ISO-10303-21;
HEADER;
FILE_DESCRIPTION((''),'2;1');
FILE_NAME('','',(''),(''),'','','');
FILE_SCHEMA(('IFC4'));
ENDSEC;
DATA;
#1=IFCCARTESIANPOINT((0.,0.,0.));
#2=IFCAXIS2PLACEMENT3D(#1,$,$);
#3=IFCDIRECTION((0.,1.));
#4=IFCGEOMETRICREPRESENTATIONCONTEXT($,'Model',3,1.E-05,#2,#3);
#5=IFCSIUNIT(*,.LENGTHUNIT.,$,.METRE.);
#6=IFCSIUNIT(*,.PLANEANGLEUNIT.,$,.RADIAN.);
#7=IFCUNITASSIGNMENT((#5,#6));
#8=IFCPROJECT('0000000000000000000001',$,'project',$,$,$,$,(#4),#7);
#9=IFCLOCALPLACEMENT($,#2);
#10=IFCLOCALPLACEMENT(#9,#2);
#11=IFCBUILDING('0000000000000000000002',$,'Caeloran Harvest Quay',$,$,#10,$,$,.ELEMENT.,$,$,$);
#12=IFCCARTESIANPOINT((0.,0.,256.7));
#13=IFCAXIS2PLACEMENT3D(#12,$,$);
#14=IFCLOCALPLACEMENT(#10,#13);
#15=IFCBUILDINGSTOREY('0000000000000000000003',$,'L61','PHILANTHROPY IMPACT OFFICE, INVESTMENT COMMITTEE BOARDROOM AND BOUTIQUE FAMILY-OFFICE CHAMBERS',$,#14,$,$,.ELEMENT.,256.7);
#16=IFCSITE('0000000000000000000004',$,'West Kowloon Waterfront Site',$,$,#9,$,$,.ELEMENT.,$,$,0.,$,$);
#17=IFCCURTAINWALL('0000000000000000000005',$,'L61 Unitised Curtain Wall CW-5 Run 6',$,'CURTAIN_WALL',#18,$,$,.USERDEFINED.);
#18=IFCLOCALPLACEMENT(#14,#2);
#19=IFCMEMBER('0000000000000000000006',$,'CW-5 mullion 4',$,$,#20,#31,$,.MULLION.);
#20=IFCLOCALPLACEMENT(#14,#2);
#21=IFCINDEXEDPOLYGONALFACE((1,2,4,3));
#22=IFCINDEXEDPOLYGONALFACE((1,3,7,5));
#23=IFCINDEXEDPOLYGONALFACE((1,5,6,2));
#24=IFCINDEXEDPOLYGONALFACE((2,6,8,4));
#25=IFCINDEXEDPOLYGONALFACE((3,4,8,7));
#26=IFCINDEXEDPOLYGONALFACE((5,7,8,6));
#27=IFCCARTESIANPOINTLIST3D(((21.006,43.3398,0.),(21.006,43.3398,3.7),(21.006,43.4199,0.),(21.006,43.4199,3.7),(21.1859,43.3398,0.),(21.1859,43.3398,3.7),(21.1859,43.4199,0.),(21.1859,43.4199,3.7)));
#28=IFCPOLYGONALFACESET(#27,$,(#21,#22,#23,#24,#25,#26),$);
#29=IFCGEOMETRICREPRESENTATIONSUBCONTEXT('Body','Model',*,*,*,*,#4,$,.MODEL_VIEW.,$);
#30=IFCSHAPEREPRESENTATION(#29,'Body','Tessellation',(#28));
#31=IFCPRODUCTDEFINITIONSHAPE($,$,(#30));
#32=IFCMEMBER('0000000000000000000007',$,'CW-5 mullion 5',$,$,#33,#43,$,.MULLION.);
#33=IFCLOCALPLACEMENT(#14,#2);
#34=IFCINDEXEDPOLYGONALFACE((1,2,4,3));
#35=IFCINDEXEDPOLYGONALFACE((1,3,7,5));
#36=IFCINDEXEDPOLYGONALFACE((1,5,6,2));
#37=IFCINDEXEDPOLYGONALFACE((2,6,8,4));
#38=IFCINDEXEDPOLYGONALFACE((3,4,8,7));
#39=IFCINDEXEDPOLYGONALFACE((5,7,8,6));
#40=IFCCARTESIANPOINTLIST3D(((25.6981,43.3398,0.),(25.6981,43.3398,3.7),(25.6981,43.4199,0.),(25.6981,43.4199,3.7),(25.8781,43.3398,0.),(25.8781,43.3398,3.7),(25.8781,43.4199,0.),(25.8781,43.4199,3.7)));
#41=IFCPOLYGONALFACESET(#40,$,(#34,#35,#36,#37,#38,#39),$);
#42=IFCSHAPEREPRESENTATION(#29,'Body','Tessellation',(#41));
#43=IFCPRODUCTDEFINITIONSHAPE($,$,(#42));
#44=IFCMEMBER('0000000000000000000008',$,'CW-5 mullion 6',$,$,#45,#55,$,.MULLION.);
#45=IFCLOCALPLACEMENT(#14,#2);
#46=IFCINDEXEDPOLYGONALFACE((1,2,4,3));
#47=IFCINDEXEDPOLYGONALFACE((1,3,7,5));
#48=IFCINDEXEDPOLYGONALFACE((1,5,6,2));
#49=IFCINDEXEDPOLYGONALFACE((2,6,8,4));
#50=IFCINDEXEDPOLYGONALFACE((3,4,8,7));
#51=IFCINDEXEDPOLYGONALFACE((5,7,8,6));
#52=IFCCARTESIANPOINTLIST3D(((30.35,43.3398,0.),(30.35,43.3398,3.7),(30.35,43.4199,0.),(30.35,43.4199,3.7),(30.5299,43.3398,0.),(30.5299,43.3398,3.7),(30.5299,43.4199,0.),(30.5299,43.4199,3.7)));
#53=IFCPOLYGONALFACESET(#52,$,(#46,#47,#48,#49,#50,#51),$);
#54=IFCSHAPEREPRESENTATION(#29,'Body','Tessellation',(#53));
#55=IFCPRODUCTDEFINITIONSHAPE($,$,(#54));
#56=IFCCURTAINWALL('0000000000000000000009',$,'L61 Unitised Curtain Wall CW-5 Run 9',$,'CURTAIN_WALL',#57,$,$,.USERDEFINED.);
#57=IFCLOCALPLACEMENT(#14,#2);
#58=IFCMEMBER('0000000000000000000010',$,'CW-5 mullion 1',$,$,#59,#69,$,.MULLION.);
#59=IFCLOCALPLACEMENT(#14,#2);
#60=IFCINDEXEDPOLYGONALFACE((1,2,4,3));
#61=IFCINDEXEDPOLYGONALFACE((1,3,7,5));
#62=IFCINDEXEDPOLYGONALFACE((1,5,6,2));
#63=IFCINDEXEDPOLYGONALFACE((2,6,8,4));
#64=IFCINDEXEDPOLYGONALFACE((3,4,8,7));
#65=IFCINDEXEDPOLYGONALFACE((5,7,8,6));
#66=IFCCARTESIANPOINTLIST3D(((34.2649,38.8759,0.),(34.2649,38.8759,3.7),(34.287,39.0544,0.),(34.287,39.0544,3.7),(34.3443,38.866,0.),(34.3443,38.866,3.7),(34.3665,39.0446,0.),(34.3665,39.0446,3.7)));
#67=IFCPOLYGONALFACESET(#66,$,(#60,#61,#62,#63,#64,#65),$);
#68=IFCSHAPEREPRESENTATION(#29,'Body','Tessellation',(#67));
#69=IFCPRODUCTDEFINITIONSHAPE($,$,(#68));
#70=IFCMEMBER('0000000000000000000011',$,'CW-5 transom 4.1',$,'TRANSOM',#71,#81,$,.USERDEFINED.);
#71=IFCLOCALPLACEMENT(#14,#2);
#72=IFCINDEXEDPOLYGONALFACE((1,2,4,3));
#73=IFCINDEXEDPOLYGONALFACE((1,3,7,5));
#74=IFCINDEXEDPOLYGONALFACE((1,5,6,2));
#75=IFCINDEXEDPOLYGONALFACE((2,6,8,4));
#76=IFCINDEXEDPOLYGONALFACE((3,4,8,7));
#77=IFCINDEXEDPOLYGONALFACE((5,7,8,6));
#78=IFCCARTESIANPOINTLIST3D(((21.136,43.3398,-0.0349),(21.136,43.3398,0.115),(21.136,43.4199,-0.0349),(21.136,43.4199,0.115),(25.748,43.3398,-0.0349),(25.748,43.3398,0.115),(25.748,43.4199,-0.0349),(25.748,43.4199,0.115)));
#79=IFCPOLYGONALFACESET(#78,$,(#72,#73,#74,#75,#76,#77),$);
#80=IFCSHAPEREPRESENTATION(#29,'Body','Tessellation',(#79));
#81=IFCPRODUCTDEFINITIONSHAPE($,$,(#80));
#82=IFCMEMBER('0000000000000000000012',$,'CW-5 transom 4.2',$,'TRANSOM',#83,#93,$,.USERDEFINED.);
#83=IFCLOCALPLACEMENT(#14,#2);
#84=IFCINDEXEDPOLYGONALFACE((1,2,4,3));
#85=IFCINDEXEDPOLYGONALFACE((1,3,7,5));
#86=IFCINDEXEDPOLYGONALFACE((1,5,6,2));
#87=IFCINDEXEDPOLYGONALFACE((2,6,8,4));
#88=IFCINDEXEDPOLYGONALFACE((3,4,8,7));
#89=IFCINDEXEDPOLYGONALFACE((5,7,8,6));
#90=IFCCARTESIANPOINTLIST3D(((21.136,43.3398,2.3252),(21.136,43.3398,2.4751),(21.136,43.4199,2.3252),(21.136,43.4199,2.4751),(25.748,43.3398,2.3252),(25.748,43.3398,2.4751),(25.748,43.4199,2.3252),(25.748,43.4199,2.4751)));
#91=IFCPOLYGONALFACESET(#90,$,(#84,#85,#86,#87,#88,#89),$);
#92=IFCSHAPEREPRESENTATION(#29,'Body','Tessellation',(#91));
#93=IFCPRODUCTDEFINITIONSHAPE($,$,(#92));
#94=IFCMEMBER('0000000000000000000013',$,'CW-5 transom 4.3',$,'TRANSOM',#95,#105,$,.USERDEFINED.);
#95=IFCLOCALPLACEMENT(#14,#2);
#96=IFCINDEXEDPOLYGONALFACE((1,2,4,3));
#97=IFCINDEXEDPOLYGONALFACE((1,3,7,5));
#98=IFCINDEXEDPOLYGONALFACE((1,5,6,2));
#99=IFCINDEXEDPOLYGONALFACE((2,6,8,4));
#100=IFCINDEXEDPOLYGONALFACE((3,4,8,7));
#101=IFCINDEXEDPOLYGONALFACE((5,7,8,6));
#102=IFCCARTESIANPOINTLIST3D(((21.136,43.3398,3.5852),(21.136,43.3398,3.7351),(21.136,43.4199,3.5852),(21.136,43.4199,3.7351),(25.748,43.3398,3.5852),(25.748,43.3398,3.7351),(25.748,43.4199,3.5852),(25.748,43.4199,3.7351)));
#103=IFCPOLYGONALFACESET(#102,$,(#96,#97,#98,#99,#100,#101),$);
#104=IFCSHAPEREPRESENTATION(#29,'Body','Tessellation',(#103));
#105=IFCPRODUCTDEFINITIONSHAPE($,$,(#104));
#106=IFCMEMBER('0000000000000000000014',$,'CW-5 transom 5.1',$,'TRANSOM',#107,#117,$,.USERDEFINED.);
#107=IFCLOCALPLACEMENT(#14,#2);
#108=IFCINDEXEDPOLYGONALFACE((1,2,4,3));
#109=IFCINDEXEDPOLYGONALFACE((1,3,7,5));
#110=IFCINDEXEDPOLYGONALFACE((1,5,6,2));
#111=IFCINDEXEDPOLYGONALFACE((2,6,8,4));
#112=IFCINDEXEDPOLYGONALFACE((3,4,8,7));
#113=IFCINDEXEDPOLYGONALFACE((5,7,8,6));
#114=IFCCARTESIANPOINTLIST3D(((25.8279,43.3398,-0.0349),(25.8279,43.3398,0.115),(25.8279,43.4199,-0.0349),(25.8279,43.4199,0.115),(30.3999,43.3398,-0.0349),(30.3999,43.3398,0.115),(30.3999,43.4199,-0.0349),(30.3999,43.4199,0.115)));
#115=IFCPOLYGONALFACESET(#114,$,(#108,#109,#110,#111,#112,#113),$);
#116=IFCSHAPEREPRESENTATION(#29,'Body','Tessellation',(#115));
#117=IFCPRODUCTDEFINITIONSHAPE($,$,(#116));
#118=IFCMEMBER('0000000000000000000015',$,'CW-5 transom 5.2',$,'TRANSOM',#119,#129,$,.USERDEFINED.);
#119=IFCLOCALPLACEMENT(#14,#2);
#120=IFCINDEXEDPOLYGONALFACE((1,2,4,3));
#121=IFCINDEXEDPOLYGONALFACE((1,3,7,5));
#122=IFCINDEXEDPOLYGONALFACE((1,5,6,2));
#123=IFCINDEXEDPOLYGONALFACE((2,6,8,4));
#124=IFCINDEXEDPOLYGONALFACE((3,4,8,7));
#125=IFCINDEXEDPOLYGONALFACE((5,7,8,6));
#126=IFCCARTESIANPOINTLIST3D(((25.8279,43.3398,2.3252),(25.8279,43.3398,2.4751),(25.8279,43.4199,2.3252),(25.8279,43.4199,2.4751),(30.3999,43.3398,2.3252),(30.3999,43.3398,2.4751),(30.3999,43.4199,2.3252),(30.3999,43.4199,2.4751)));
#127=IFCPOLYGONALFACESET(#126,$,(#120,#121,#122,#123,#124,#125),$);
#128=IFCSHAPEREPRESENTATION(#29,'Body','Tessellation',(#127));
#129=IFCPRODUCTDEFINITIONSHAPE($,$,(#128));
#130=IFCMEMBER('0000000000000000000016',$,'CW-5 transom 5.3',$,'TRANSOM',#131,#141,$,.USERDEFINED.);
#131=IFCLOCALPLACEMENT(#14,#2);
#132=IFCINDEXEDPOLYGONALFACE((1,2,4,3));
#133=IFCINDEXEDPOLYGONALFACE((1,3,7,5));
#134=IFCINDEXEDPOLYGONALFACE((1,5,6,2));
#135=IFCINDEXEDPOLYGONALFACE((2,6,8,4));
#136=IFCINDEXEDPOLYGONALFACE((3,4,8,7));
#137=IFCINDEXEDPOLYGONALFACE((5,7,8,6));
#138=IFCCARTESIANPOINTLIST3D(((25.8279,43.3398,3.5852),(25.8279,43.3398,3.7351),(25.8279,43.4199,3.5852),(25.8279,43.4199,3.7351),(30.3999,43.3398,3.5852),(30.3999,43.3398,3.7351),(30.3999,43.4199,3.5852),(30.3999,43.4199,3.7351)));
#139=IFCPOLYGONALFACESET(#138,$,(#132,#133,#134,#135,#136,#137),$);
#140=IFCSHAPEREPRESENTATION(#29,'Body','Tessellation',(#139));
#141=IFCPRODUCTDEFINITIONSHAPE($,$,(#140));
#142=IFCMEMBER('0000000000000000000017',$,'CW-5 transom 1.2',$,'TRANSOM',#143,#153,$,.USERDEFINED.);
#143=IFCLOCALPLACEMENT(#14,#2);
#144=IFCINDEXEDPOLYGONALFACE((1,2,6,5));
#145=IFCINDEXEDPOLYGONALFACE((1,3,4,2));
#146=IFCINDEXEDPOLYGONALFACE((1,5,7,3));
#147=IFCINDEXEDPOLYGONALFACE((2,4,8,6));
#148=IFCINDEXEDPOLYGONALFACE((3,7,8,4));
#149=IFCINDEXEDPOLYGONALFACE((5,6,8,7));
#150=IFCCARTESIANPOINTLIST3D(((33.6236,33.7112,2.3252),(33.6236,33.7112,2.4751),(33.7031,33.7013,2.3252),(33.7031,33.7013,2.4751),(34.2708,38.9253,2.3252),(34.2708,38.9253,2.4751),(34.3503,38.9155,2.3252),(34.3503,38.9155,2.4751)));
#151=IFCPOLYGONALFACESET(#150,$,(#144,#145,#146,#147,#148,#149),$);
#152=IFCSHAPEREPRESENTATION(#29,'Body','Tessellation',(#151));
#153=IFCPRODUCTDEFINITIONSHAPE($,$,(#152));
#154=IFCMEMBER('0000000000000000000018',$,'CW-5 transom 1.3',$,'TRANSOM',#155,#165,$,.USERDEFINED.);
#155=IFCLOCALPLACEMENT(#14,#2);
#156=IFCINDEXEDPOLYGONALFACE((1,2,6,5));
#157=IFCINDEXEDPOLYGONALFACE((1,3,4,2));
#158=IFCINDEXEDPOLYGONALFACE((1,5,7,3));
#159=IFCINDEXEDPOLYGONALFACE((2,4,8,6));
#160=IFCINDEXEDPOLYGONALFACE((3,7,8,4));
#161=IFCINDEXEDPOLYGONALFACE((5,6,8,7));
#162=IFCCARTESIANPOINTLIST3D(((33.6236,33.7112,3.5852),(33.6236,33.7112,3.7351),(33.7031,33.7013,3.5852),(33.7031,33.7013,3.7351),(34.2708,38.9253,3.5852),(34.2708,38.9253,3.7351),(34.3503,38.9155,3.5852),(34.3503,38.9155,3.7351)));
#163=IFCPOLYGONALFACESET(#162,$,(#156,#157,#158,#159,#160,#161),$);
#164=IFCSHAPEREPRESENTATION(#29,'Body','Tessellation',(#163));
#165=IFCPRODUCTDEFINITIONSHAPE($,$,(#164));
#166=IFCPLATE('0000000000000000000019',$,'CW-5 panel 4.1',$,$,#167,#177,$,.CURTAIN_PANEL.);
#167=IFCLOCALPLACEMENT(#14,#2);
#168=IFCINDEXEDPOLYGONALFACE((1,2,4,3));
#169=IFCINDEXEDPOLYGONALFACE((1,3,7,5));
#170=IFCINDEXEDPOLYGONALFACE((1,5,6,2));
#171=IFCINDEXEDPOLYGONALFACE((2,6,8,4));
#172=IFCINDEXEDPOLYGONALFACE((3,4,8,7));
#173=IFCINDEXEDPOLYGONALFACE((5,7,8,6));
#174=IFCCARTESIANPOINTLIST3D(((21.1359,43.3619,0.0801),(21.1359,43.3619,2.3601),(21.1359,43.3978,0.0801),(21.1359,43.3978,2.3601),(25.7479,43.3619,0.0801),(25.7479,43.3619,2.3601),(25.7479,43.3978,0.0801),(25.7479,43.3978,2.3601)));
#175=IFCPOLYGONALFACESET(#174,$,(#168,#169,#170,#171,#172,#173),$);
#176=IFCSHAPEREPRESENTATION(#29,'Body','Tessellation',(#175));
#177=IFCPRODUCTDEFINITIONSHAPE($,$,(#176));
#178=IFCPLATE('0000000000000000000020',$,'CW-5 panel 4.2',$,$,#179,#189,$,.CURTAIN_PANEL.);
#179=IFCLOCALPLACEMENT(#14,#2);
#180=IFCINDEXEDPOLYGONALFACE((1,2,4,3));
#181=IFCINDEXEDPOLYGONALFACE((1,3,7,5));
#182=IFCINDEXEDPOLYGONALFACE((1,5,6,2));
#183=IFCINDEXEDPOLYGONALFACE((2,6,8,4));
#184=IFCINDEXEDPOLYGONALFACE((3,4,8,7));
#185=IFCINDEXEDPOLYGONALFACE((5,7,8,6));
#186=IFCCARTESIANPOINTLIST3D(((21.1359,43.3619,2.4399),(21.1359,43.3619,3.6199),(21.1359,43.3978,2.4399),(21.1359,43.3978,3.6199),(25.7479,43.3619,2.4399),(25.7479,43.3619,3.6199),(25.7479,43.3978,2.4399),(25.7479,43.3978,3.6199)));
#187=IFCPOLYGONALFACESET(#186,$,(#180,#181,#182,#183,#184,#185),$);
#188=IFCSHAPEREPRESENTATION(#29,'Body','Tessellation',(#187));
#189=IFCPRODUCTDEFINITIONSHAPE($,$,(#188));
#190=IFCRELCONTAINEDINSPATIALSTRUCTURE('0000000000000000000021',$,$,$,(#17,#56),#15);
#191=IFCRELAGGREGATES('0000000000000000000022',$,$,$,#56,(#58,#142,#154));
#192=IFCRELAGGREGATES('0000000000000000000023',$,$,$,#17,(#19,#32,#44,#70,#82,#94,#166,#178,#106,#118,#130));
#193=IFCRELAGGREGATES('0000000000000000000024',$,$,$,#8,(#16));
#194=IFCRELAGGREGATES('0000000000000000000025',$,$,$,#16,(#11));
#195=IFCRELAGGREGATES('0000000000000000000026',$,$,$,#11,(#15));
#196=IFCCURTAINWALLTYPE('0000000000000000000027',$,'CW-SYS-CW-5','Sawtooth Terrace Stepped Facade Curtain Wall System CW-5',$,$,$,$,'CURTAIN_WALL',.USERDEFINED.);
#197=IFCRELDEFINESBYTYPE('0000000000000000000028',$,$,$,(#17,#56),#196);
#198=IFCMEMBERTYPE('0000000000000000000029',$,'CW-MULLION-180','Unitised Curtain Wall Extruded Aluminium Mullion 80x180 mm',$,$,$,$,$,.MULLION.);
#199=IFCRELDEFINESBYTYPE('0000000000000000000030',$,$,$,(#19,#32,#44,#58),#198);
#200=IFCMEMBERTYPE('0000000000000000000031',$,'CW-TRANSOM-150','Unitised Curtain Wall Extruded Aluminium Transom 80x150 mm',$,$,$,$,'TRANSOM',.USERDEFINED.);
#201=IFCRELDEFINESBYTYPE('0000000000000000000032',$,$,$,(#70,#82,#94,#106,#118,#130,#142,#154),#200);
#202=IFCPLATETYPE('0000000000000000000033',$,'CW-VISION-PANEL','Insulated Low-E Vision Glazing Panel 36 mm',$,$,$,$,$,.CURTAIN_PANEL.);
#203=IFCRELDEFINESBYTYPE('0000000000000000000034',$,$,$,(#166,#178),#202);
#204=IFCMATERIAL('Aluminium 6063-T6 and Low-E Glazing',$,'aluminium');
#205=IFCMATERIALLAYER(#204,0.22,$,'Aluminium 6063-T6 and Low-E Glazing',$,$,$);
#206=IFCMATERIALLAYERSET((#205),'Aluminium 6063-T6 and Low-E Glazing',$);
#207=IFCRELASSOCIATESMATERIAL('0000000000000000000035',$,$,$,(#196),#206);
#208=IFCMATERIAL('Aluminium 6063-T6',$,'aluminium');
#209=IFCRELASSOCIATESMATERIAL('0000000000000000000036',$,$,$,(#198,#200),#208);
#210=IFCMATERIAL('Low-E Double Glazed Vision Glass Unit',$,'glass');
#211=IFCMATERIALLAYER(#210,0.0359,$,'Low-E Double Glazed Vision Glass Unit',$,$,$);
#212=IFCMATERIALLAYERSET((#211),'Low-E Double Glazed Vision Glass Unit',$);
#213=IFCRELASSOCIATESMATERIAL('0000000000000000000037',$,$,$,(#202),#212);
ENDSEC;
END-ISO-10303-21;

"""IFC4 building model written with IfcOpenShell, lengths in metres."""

from ifc_helpers import new_model, si_unit, direction, frame, origin, origin_2d, place, context, subcontext, project, spatial, rectangle, extrude, material, layer, layer_set, material_profile, profile_set, type_object, element, aggregate, save


model = new_model("IFC4")

# Units and contexts
model_context = context("Model", 3, precision=1e-05, world=origin(), true_north=direction((0.0, 1.0)))
body_context = subcontext(model_context, "Body", "Model", "MODEL_VIEW")
ifc_project = project(units=[si_unit("LENGTHUNIT", "METRE"), si_unit("PLANEANGLEUNIT", "RADIAN")], contexts=[model_context])

# Site, building, storey
site_placement = place(None, origin())
site = spatial("IfcSite", under=ifc_project, at=site_placement, Name="West Kowloon Waterfront Site", CompositionType="ELEMENT", RefElevation=0.0)
building_placement = place(site_placement, origin())
building = spatial("IfcBuilding", under=site, at=building_placement, Name="Caeloran Harvest Quay", CompositionType="ELEMENT")
storey_placement = place(building_placement, frame((0.0, 0.0, 256.7)))
storey = spatial("IfcBuildingStorey", under=building, at=storey_placement, Name="L61", Description="PHILANTHROPY IMPACT OFFICE, INVESTMENT COMMITTEE BOARDROOM AND BOUTIQUE FAMILY-OFFICE CHAMBERS", CompositionType="ELEMENT", Elevation=256.7)

# Curtain wall, members
ifc_material_1 = material(Name="Aluminium 6063-T6 and Low-E Glazing", Category="aluminium")
ifc_layer_1 = layer(ifc_material_1, 0.22, Name="Aluminium 6063-T6 and Low-E Glazing")
ifc_layer_set_1 = layer_set([ifc_layer_1], Name="Aluminium 6063-T6 and Low-E Glazing")
curtain_wall_type = type_object("IfcCurtainWallType", Name="CW-SYS-CW-5", Description="Sawtooth Terrace Stepped Facade Curtain Wall System CW-5", ElementType="CURTAIN_WALL", PredefinedType="USERDEFINED", material=ifc_layer_set_1)
curtain_wall_1_placement = place(storey_placement, origin())
curtain_wall_1 = element("IfcCurtainWall", 1, at=curtain_wall_1_placement, inside=storey, type_object=curtain_wall_type, Name="L61 Unitised Curtain Wall CW-5 Run 6", ObjectType="CURTAIN_WALL", PredefinedType="USERDEFINED")
ifc_material_2 = material(Name="Aluminium 6063-T6", Category="aluminium")
ifc_material_profile_1 = material_profile(ifc_material_2, rectangle(XDim=0.0801, YDim=0.1799, at=origin_2d()), Name="CW-MULLION-180")
ifc_profile_set_1 = profile_set([ifc_material_profile_1], Name="Aluminium 6063-T6")
member_type_1 = type_object("IfcMemberType", Name="CW-MULLION-180", Description="Unitised Curtain Wall Extruded Aluminium Mullion 80x180 mm", PredefinedType="MULLION", material=ifc_profile_set_1)
member_1_placement = place(storey_placement, frame((21.0959, 43.3799, 0.0), z_axis=(0.0, 0.0, 1.0), x_axis=(0.0, 1.0, 0.0)))
member_1 = element("IfcMember", 2, at=member_1_placement, type_object=member_type_1, Name="CW-5 mullion 4", PredefinedType="MULLION", context=body_context, shape_type="SweptSolid", body=[
    extrude(rectangle(XDim=0.0801, YDim=0.1799, at=origin_2d()), origin(), (0.0, 0.0, 1.0), 3.7),
])
member_2_placement = place(storey_placement, frame((25.7881, 43.3799, 0.0), z_axis=(0.0, 0.0, 1.0), x_axis=(0.0, 1.0, 0.0)))
member_2 = element("IfcMember", 3, at=member_2_placement, type_object=member_type_1, Name="CW-5 mullion 5", PredefinedType="MULLION", context=body_context, shape_type="SweptSolid", body=[
    extrude(rectangle(XDim=0.0801, YDim=0.1799, at=origin_2d()), origin(), (0.0, 0.0, 1.0), 3.7),
])
member_3_placement = place(storey_placement, frame((30.4399, 43.3799, 0.0), z_axis=(0.0, 0.0, 1.0), x_axis=(0.0, 1.0, 0.0)))
member_3 = element("IfcMember", 4, at=member_3_placement, type_object=member_type_1, Name="CW-5 mullion 6", PredefinedType="MULLION", context=body_context, shape_type="SweptSolid", body=[
    extrude(rectangle(XDim=0.0801, YDim=0.1799, at=origin_2d()), origin(), (0.0, 0.0, 1.0), 3.7),
])

# Curtain wall, member
curtain_wall_2_placement = place(storey_placement, origin())
curtain_wall_2 = element("IfcCurtainWall", 5, at=curtain_wall_2_placement, inside=storey, type_object=curtain_wall_type, Name="L61 Unitised Curtain Wall CW-5 Run 9", ObjectType="CURTAIN_WALL", PredefinedType="USERDEFINED")
member_4_placement = place(storey_placement, frame((34.3157, 38.9602, 0.0), z_axis=(0.0, 0.0, 1.0), x_axis=(0.992383, -0.12319, 0.0)))
member_4 = element("IfcMember", 6, at=member_4_placement, type_object=member_type_1, Name="CW-5 mullion 1", PredefinedType="MULLION", context=body_context, shape_type="SweptSolid", body=[
    extrude(rectangle(XDim=0.0801, YDim=0.1799, at=origin_2d()), origin(), (0.0, 0.0, 1.0), 3.7),
])

# Members
ifc_material_profile_2 = material_profile(ifc_material_2, rectangle(XDim=0.0801, YDim=0.1499, at=origin_2d()), Name="CW-TRANSOM-150")
ifc_profile_set_2 = profile_set([ifc_material_profile_2], Name="Aluminium 6063-T6")
member_type_2 = type_object("IfcMemberType", Name="CW-TRANSOM-150", Description="Unitised Curtain Wall Extruded Aluminium Transom 80x150 mm", ElementType="TRANSOM", PredefinedType="USERDEFINED", material=ifc_profile_set_2)
member_5_placement = place(storey_placement, frame((21.136, 43.3799, 0.04), z_axis=(1.0, 0.0, 0.0), x_axis=(0.0, 1.0, 0.0)))
member_5 = element("IfcMember", 7, at=member_5_placement, type_object=member_type_2, Name="CW-5 transom 4.1", ObjectType="TRANSOM", PredefinedType="USERDEFINED", context=body_context, shape_type="SweptSolid", body=[
    extrude(rectangle(XDim=0.0801, YDim=0.1499, at=origin_2d()), origin(), (0.0, 0.0, 1.0), 4.6121),
])
member_6_placement = place(storey_placement, frame((21.136, 43.3799, 2.4001), z_axis=(1.0, 0.0, 0.0), x_axis=(0.0, 1.0, 0.0)))
member_6 = element("IfcMember", 8, at=member_6_placement, type_object=member_type_2, Name="CW-5 transom 4.2", ObjectType="TRANSOM", PredefinedType="USERDEFINED", context=body_context, shape_type="SweptSolid", body=[
    extrude(rectangle(XDim=0.0801, YDim=0.1499, at=origin_2d()), origin(), (0.0, 0.0, 1.0), 4.6121),
])
member_7_placement = place(storey_placement, frame((21.136, 43.3799, 3.6602), z_axis=(1.0, 0.0, 0.0), x_axis=(0.0, 1.0, 0.0)))
member_7 = element("IfcMember", 9, at=member_7_placement, type_object=member_type_2, Name="CW-5 transom 4.3", ObjectType="TRANSOM", PredefinedType="USERDEFINED", context=body_context, shape_type="SweptSolid", body=[
    extrude(rectangle(XDim=0.0801, YDim=0.1499, at=origin_2d()), origin(), (0.0, 0.0, 1.0), 4.6121),
])
member_8_placement = place(storey_placement, frame((25.8279, 43.3799, 0.04), z_axis=(1.0, 0.0, 0.0), x_axis=(0.0, 1.0, 0.0)))
member_8 = element("IfcMember", 10, at=member_8_placement, type_object=member_type_2, Name="CW-5 transom 5.1", ObjectType="TRANSOM", PredefinedType="USERDEFINED", context=body_context, shape_type="SweptSolid", body=[
    extrude(rectangle(XDim=0.0801, YDim=0.1499, at=origin_2d()), origin(), (0.0, 0.0, 1.0), 4.572),
])
member_9_placement = place(storey_placement, frame((25.8279, 43.3799, 2.4001), z_axis=(1.0, 0.0, 0.0), x_axis=(0.0, 1.0, 0.0)))
member_9 = element("IfcMember", 11, at=member_9_placement, type_object=member_type_2, Name="CW-5 transom 5.2", ObjectType="TRANSOM", PredefinedType="USERDEFINED", context=body_context, shape_type="SweptSolid", body=[
    extrude(rectangle(XDim=0.0801, YDim=0.1499, at=origin_2d()), origin(), (0.0, 0.0, 1.0), 4.572),
])
member_10_placement = place(storey_placement, frame((25.8279, 43.3799, 3.6602), z_axis=(1.0, 0.0, 0.0), x_axis=(0.0, 1.0, 0.0)))
member_10 = element("IfcMember", 12, at=member_10_placement, type_object=member_type_2, Name="CW-5 transom 5.3", ObjectType="TRANSOM", PredefinedType="USERDEFINED", context=body_context, shape_type="SweptSolid", body=[
    extrude(rectangle(XDim=0.0801, YDim=0.1499, at=origin_2d()), origin(), (0.0, 0.0, 1.0), 4.572),
])
member_11_placement = place(storey_placement, frame((34.3105, 38.9204, 2.4001), z_axis=(-0.123183, -0.992384, 0.0), x_axis=(0.992384, -0.123183, 0.0)))
member_11 = element("IfcMember", 13, at=member_11_placement, type_object=member_type_2, Name="CW-5 transom 1.2", ObjectType="TRANSOM", PredefinedType="USERDEFINED", context=body_context, shape_type="SweptSolid", body=[
    extrude(rectangle(XDim=0.0801, YDim=0.1499, at=origin_2d()), origin(), (0.0, 0.0, 1.0), 5.2542),
])
member_12_placement = place(storey_placement, frame((34.3105, 38.9204, 3.6602), z_axis=(-0.123183, -0.992384, 0.0), x_axis=(0.992384, -0.123183, 0.0)))
member_12 = element("IfcMember", 14, at=member_12_placement, type_object=member_type_2, Name="CW-5 transom 1.3", ObjectType="TRANSOM", PredefinedType="USERDEFINED", context=body_context, shape_type="SweptSolid", body=[
    extrude(rectangle(XDim=0.0801, YDim=0.1499, at=origin_2d()), origin(), (0.0, 0.0, 1.0), 5.2542),
])
aggregate(curtain_wall_2, [member_4, member_11, member_12])

# Plates
ifc_material_3 = material(Name="Low-E Double Glazed Vision Glass Unit", Category="glass")
ifc_layer_2 = layer(ifc_material_3, 0.0359, Name="Low-E Double Glazed Vision Glass Unit")
ifc_layer_set_2 = layer_set([ifc_layer_2], Name="Low-E Double Glazed Vision Glass Unit")
plate_type = type_object("IfcPlateType", Name="CW-VISION-PANEL", Description="Insulated Low-E Vision Glazing Panel 36 mm", PredefinedType="CURTAIN_PANEL", material=ifc_layer_set_2)
plate_1_placement = place(storey_placement, frame((23.4419, 43.3799, 0.0801), z_axis=(0.0, 0.0, 1.0), x_axis=(1.0, 0.0, 0.0)))
plate_1 = element("IfcPlate", 15, at=plate_1_placement, type_object=plate_type, Name="CW-5 panel 4.1", PredefinedType="CURTAIN_PANEL", context=body_context, shape_type="SweptSolid", body=[
    extrude(rectangle(XDim=4.6121, YDim=0.0359, at=origin_2d()), origin(), (0.0, 0.0, 1.0), 2.28),
])
plate_2_placement = place(storey_placement, frame((23.4419, 43.3799, 2.4399), z_axis=(0.0, 0.0, 1.0), x_axis=(1.0, 0.0, 0.0)))
plate_2 = element("IfcPlate", 16, at=plate_2_placement, type_object=plate_type, Name="CW-5 panel 4.2", PredefinedType="CURTAIN_PANEL", context=body_context, shape_type="SweptSolid", body=[
    extrude(rectangle(XDim=4.6121, YDim=0.0359, at=origin_2d()), origin(), (0.0, 0.0, 1.0), 1.1799),
])
aggregate(curtain_wall_1, [member_1, member_2, member_3, member_5, member_6, member_7, plate_1, plate_2, member_8, member_9, member_10])

save(model, "model.ifc")
